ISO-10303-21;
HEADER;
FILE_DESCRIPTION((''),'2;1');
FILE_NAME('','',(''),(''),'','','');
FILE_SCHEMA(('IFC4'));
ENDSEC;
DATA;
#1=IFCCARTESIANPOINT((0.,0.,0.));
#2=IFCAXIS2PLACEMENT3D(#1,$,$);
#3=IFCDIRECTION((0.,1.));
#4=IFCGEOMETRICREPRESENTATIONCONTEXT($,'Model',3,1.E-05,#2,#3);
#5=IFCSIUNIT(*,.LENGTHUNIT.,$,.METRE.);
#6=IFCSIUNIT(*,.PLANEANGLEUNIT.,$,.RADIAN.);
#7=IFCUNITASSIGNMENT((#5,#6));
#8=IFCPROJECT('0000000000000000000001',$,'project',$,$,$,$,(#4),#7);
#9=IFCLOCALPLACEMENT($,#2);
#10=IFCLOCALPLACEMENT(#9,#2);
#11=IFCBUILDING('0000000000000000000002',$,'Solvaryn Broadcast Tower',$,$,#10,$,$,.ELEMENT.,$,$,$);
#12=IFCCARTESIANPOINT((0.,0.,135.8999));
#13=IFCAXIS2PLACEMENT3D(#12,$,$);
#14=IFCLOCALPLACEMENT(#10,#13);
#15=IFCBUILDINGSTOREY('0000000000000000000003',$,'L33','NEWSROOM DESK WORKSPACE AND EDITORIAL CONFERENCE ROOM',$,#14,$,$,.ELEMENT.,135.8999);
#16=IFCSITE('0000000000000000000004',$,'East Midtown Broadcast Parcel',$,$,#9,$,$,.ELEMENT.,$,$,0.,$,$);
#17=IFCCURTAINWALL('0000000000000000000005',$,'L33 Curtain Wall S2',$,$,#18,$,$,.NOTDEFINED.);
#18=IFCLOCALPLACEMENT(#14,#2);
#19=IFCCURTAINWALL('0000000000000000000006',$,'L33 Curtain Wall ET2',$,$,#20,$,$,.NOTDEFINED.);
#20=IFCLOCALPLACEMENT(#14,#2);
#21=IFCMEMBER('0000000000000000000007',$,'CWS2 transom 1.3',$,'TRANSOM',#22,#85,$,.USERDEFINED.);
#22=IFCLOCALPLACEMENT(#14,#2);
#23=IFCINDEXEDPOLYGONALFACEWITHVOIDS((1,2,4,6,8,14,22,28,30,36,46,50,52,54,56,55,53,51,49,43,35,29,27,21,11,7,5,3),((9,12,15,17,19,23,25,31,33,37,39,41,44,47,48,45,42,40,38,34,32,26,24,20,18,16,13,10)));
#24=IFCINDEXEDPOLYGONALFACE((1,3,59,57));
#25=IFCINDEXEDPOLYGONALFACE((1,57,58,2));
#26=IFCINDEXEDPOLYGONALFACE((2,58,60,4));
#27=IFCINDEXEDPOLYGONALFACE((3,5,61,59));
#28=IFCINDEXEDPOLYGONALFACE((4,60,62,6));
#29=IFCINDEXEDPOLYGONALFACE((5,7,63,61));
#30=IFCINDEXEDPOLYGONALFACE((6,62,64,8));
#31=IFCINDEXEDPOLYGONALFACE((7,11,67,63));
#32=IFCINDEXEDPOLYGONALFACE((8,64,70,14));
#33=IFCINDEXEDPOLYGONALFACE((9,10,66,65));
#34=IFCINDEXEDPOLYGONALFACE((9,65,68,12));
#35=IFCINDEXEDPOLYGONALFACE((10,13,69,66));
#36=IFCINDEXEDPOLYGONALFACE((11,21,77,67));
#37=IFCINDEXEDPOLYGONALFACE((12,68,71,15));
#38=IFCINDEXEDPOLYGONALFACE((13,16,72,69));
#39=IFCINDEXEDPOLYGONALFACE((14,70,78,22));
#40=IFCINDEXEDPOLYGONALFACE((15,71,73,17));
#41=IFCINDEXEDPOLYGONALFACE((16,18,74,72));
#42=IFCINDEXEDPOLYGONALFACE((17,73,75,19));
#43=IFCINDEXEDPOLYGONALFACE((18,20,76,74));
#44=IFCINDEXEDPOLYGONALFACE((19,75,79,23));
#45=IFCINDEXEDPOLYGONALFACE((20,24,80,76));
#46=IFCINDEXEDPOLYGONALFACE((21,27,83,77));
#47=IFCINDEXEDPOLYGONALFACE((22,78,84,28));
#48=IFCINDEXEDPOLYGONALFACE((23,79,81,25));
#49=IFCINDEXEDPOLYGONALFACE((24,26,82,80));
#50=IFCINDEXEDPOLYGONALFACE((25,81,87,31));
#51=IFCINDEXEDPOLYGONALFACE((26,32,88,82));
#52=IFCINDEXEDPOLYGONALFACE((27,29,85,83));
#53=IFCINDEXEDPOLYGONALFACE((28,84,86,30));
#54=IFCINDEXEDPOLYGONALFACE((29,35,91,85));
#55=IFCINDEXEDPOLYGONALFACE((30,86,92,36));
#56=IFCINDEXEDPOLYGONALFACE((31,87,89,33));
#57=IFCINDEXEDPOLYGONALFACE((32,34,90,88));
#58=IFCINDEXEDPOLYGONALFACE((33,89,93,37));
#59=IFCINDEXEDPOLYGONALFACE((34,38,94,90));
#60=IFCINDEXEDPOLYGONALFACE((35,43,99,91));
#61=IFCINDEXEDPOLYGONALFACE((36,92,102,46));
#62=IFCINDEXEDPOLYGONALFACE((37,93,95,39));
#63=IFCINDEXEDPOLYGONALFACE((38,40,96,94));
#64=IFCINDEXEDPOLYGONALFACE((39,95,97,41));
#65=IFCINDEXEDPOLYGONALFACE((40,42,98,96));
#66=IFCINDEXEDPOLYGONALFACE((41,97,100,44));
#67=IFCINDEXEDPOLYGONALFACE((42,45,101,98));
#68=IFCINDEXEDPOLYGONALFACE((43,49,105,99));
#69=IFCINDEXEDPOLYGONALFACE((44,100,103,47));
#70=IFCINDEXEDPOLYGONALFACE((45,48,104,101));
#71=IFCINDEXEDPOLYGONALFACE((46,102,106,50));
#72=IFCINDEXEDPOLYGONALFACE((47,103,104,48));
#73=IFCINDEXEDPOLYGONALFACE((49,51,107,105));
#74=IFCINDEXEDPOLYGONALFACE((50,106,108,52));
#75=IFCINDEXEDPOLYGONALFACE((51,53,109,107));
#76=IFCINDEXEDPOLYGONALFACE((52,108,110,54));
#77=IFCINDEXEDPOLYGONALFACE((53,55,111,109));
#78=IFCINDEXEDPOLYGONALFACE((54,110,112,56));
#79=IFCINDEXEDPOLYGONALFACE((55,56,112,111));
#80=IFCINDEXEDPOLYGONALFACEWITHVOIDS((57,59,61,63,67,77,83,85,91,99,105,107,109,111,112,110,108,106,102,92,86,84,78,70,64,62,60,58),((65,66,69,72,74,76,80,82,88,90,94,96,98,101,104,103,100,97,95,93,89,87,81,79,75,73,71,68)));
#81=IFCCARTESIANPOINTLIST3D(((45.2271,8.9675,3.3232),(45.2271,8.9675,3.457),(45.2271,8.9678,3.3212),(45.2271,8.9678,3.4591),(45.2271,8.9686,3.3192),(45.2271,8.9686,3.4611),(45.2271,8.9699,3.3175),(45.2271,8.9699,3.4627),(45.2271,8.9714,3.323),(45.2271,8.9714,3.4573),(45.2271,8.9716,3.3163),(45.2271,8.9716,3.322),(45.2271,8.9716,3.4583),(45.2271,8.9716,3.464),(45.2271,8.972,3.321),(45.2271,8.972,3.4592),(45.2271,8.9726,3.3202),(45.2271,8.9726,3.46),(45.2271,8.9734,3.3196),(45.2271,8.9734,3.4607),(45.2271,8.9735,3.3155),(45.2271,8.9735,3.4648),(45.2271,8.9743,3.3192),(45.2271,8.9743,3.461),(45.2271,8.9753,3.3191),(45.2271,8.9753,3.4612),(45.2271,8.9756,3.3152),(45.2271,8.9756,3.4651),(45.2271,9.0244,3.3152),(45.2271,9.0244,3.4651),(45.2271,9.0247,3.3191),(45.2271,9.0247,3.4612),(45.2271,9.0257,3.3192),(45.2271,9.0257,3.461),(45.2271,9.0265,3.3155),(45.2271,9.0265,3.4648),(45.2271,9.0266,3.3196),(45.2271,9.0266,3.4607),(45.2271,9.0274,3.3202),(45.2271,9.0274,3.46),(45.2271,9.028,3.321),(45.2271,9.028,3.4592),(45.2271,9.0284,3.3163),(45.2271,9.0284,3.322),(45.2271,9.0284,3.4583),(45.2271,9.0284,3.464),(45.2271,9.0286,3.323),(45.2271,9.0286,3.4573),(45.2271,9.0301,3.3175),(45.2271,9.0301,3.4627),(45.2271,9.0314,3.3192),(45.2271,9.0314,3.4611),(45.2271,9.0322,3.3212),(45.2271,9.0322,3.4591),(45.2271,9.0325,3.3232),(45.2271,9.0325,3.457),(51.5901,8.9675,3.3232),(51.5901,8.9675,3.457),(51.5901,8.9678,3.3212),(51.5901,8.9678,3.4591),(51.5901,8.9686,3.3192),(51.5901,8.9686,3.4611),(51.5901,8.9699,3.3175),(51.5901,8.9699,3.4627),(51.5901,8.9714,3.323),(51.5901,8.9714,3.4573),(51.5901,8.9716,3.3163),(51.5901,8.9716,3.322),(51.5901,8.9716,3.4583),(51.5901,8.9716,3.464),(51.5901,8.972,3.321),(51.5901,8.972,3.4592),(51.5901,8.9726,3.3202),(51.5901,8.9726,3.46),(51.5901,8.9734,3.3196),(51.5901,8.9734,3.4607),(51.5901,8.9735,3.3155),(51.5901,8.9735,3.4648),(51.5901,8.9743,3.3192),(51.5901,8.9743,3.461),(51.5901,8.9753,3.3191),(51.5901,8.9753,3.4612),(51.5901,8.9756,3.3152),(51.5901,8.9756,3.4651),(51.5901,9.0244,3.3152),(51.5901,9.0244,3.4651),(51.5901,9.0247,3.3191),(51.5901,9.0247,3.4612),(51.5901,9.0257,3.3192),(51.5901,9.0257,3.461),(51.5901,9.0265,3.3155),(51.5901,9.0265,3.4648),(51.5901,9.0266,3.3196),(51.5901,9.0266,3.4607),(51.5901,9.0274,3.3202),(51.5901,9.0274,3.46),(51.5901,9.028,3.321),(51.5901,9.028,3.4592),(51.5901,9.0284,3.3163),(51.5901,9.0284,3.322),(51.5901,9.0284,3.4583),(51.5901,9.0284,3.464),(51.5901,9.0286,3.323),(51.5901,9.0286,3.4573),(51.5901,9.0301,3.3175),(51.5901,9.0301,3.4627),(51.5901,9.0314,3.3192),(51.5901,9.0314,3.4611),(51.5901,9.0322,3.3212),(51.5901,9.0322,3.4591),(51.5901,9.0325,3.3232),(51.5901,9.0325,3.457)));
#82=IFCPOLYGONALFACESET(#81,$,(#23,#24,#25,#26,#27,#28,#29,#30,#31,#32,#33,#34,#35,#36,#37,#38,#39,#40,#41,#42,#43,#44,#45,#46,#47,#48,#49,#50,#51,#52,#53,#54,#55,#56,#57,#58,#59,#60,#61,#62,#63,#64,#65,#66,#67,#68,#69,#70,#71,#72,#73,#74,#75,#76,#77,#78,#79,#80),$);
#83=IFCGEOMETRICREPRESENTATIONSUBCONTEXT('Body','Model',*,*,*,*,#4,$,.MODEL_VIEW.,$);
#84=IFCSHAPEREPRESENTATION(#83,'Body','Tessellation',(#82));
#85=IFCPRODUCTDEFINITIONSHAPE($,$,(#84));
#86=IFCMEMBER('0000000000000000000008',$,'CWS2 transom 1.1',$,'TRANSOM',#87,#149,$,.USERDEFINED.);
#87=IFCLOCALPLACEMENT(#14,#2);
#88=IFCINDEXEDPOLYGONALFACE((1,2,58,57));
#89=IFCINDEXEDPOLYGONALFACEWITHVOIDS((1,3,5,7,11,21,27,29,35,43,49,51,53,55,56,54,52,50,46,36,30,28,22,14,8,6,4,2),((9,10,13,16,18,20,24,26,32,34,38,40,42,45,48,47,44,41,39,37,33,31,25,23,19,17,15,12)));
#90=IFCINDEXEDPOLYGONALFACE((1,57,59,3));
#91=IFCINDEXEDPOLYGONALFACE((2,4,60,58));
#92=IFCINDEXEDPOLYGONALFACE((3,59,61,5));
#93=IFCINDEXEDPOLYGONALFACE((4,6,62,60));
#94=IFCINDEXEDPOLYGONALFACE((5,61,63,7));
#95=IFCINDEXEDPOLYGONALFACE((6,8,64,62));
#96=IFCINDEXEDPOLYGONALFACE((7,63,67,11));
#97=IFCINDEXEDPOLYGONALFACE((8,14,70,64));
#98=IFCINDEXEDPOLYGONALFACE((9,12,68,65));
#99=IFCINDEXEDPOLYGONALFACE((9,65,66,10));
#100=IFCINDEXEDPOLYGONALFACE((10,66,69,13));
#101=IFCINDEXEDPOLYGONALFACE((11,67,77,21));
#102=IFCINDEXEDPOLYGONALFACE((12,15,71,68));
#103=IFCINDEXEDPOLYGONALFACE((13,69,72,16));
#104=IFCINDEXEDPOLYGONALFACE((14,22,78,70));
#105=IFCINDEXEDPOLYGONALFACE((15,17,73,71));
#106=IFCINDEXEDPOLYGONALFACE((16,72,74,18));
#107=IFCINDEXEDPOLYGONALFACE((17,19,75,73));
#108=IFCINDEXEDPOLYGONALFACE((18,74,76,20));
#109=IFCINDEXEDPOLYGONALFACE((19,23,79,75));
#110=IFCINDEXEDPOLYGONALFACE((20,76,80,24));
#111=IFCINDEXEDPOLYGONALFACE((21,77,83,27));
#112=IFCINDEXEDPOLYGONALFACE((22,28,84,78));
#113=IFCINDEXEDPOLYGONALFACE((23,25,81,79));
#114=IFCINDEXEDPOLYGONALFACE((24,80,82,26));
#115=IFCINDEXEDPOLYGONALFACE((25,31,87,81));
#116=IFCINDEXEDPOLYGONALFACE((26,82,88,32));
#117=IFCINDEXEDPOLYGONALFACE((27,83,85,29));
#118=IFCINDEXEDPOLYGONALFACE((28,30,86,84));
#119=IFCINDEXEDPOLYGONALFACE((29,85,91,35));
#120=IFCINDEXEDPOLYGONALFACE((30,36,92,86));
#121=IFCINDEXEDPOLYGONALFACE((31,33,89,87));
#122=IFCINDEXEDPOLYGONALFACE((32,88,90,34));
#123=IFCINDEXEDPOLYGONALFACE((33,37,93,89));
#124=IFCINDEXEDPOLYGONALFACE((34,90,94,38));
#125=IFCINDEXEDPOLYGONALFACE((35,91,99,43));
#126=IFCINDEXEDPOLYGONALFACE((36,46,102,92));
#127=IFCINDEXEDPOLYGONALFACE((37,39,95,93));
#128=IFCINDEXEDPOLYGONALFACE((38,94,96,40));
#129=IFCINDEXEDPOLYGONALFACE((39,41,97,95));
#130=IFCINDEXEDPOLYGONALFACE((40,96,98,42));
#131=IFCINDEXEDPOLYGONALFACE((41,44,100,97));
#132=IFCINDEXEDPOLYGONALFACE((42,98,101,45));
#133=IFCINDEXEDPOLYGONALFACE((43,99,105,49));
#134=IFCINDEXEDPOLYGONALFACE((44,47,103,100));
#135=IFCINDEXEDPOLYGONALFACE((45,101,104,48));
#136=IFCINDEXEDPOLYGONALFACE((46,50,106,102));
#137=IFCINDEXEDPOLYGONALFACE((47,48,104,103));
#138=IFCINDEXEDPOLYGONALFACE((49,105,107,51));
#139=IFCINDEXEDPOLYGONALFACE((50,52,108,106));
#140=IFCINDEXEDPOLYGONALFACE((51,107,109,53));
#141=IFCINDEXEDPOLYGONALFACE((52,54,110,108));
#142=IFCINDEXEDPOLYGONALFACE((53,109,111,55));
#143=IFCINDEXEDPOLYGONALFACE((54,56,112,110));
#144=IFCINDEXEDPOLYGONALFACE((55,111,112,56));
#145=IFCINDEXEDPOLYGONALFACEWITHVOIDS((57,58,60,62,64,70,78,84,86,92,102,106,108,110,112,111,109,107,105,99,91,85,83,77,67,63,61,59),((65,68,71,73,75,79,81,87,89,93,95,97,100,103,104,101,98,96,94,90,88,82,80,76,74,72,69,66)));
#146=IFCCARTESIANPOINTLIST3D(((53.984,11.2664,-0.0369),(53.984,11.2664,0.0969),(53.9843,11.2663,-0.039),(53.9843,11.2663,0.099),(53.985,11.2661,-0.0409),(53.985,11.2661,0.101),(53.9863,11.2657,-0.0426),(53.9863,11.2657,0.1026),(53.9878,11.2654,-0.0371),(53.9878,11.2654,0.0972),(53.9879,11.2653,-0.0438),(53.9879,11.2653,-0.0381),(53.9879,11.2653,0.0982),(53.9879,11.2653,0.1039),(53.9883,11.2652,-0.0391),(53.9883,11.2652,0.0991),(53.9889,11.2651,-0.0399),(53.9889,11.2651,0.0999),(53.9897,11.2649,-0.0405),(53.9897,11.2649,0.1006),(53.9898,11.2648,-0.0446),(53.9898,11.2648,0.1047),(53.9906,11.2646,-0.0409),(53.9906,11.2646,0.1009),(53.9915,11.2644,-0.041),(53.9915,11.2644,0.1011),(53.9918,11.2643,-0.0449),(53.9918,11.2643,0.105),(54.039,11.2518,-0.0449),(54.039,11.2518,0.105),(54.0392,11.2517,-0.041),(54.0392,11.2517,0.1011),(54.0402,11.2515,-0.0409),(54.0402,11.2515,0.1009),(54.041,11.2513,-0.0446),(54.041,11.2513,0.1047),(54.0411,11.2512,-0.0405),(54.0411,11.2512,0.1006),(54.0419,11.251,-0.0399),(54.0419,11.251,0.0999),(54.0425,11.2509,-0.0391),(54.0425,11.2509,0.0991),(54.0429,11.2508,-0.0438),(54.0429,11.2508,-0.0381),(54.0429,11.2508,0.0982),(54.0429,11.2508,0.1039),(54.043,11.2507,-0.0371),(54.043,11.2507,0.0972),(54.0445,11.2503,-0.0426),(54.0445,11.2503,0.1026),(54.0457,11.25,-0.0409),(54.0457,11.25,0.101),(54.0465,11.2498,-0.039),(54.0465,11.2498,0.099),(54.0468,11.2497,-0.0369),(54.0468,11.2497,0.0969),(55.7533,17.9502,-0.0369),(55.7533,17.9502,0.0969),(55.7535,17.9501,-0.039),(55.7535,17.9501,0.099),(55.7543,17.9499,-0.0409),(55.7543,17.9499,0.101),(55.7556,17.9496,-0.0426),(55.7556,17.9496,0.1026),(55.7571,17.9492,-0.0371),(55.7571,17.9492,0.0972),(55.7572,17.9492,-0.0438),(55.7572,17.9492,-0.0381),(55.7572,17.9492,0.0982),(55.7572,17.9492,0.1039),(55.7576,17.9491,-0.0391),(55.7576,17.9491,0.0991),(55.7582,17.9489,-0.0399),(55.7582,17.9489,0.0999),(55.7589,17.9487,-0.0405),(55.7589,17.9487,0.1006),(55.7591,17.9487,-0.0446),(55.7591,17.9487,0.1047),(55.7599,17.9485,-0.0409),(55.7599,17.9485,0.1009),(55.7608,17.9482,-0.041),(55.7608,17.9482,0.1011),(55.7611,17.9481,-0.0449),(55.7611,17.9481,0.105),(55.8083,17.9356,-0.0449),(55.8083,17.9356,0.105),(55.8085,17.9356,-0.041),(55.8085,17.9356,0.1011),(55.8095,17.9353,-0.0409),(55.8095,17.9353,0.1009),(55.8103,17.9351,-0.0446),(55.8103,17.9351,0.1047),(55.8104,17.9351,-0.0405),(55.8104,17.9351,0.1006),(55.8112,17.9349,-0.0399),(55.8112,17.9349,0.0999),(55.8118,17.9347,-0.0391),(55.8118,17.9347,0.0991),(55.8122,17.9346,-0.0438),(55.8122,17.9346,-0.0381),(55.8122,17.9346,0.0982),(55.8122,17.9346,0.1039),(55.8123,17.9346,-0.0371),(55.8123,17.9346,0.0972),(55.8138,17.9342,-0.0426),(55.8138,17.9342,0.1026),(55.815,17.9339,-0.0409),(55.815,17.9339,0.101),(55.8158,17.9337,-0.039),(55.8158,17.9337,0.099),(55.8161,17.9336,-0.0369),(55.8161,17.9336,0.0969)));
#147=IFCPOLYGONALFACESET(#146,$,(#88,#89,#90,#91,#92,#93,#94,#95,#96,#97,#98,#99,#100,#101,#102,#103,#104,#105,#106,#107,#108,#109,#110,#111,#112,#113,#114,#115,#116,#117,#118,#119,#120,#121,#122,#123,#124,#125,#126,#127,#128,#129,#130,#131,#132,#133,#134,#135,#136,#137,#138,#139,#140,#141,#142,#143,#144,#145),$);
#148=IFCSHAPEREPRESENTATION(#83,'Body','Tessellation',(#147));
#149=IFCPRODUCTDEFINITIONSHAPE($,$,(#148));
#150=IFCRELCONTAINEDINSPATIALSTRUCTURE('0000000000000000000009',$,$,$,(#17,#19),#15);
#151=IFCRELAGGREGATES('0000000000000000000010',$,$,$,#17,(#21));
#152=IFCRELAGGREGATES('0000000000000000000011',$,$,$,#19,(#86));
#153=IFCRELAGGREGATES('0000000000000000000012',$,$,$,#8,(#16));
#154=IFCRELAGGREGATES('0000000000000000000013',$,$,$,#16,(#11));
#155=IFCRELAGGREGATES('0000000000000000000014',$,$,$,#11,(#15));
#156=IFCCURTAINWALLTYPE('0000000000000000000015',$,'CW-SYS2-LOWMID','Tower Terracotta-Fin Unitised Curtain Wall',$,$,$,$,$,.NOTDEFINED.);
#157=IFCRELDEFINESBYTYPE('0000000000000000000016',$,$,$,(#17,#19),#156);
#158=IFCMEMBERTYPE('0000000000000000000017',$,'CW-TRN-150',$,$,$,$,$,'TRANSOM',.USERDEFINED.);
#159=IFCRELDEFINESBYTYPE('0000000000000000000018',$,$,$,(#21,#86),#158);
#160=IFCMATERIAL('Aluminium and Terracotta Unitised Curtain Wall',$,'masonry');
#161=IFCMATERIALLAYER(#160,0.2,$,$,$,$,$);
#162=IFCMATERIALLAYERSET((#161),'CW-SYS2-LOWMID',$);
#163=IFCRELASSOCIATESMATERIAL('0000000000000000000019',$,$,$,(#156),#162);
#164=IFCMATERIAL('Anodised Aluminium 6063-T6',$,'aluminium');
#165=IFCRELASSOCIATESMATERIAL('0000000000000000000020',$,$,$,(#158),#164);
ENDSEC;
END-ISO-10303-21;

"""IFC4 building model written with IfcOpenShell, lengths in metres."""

from ifc_helpers import new_model, si_unit, direction, frame, origin, origin_2d, place, context, subcontext, project, spatial, hollow_rectangle, extrude, material, layer, layer_set, material_profile, profile_set, type_object, element, aggregate, save


model = new_model("IFC4")

# Units and contexts
model_context = context("Model", 3, precision=1e-05, world=origin(), true_north=direction((0.0, 1.0)))
body_context = subcontext(model_context, "Body", "Model", "MODEL_VIEW")
ifc_project = project(units=[si_unit("LENGTHUNIT", "METRE"), si_unit("PLANEANGLEUNIT", "RADIAN")], contexts=[model_context])

# Site, building, storey
site_placement = place(None, origin())
site = spatial("IfcSite", under=ifc_project, at=site_placement, Name="East Midtown Broadcast Parcel", CompositionType="ELEMENT", RefElevation=0.0)
building_placement = place(site_placement, origin())
building = spatial("IfcBuilding", under=site, at=building_placement, Name="Solvaryn Broadcast Tower", CompositionType="ELEMENT")
storey_placement = place(building_placement, frame((0.0, 0.0, 135.8999)))
storey = spatial("IfcBuildingStorey", under=building, at=storey_placement, Name="L33", Description="NEWSROOM DESK WORKSPACE AND EDITORIAL CONFERENCE ROOM", CompositionType="ELEMENT", Elevation=135.8999)

# Curtain wall
ifc_material_1 = material(Name="Aluminium and Terracotta Unitised Curtain Wall", Category="masonry")
ifc_layer_1 = layer(ifc_material_1, 0.2)
ifc_layer_set_1 = layer_set([ifc_layer_1], Name="CW-SYS2-LOWMID")
curtain_wall_type = type_object("IfcCurtainWallType", Name="CW-SYS2-LOWMID", Description="Tower Terracotta-Fin Unitised Curtain Wall", PredefinedType="NOTDEFINED", material=ifc_layer_set_1)
curtain_wall_1_placement = place(storey_placement, origin())
curtain_wall_1 = element("IfcCurtainWall", 1, at=curtain_wall_1_placement, inside=storey, type_object=curtain_wall_type, Name="L33 Curtain Wall S2", PredefinedType="NOTDEFINED")

# Curtain wall
curtain_wall_2_placement = place(storey_placement, origin())
curtain_wall_2 = element("IfcCurtainWall", 2, at=curtain_wall_2_placement, inside=storey, type_object=curtain_wall_type, Name="L33 Curtain Wall ET2", PredefinedType="NOTDEFINED")

# Members
ifc_material_2 = material(Name="Anodised Aluminium 6063-T6", Category="aluminium")
ifc_material_profile_1 = material_profile(ifc_material_2, hollow_rectangle(XDim=0.0649, YDim=0.1499, WallThickness=0.0039, InnerFilletRadius=0.0039, OuterFilletRadius=0.0081, at=origin_2d()))
ifc_profile_set_1 = profile_set([ifc_material_profile_1], Name="Anodised Aluminium 6063-T6")
member_type_1 = type_object("IfcMemberType", Name="CW-TRN-150", ElementType="TRANSOM", PredefinedType="USERDEFINED", material=ifc_profile_set_1)
member_1_placement = place(storey_placement, frame((45.2271, 9.0, 3.3901), z_axis=(1.0, 0.0, 0.0), x_axis=(0.0, 1.0, 0.0)))
member_1 = element("IfcMember", 3, at=member_1_placement, type_object=member_type_1, Name="CWS2 transom 1.3", ObjectType="TRANSOM", PredefinedType="USERDEFINED", context=body_context, shape_type="SweptSolid", body=[
    extrude(hollow_rectangle(XDim=0.0649, YDim=0.1499, WallThickness=0.0039, InnerFilletRadius=0.0039, OuterFilletRadius=0.0081, at=origin_2d()), origin(), (0.0, 0.0, 1.0), 6.363),
])
member_2_placement = place(storey_placement, frame((55.7847, 17.9419, 0.03), z_axis=(-0.255897, -0.966704, 0.0), x_axis=(0.966704, -0.255897, 0.0)))
member_2 = element("IfcMember", 4, at=member_2_placement, type_object=member_type_1, Name="CWS2 transom 1.1", ObjectType="TRANSOM", PredefinedType="USERDEFINED", context=body_context, shape_type="SweptSolid", body=[
    extrude(hollow_rectangle(XDim=0.0649, YDim=0.1499, WallThickness=0.0039, InnerFilletRadius=0.0039, OuterFilletRadius=0.0081, at=origin_2d()), origin(), (0.0, 0.0, 1.0), 6.9141),
])

aggregate(curtain_wall_1, [member_1])
aggregate(curtain_wall_2, [member_2])

save(model, "model.ifc")
